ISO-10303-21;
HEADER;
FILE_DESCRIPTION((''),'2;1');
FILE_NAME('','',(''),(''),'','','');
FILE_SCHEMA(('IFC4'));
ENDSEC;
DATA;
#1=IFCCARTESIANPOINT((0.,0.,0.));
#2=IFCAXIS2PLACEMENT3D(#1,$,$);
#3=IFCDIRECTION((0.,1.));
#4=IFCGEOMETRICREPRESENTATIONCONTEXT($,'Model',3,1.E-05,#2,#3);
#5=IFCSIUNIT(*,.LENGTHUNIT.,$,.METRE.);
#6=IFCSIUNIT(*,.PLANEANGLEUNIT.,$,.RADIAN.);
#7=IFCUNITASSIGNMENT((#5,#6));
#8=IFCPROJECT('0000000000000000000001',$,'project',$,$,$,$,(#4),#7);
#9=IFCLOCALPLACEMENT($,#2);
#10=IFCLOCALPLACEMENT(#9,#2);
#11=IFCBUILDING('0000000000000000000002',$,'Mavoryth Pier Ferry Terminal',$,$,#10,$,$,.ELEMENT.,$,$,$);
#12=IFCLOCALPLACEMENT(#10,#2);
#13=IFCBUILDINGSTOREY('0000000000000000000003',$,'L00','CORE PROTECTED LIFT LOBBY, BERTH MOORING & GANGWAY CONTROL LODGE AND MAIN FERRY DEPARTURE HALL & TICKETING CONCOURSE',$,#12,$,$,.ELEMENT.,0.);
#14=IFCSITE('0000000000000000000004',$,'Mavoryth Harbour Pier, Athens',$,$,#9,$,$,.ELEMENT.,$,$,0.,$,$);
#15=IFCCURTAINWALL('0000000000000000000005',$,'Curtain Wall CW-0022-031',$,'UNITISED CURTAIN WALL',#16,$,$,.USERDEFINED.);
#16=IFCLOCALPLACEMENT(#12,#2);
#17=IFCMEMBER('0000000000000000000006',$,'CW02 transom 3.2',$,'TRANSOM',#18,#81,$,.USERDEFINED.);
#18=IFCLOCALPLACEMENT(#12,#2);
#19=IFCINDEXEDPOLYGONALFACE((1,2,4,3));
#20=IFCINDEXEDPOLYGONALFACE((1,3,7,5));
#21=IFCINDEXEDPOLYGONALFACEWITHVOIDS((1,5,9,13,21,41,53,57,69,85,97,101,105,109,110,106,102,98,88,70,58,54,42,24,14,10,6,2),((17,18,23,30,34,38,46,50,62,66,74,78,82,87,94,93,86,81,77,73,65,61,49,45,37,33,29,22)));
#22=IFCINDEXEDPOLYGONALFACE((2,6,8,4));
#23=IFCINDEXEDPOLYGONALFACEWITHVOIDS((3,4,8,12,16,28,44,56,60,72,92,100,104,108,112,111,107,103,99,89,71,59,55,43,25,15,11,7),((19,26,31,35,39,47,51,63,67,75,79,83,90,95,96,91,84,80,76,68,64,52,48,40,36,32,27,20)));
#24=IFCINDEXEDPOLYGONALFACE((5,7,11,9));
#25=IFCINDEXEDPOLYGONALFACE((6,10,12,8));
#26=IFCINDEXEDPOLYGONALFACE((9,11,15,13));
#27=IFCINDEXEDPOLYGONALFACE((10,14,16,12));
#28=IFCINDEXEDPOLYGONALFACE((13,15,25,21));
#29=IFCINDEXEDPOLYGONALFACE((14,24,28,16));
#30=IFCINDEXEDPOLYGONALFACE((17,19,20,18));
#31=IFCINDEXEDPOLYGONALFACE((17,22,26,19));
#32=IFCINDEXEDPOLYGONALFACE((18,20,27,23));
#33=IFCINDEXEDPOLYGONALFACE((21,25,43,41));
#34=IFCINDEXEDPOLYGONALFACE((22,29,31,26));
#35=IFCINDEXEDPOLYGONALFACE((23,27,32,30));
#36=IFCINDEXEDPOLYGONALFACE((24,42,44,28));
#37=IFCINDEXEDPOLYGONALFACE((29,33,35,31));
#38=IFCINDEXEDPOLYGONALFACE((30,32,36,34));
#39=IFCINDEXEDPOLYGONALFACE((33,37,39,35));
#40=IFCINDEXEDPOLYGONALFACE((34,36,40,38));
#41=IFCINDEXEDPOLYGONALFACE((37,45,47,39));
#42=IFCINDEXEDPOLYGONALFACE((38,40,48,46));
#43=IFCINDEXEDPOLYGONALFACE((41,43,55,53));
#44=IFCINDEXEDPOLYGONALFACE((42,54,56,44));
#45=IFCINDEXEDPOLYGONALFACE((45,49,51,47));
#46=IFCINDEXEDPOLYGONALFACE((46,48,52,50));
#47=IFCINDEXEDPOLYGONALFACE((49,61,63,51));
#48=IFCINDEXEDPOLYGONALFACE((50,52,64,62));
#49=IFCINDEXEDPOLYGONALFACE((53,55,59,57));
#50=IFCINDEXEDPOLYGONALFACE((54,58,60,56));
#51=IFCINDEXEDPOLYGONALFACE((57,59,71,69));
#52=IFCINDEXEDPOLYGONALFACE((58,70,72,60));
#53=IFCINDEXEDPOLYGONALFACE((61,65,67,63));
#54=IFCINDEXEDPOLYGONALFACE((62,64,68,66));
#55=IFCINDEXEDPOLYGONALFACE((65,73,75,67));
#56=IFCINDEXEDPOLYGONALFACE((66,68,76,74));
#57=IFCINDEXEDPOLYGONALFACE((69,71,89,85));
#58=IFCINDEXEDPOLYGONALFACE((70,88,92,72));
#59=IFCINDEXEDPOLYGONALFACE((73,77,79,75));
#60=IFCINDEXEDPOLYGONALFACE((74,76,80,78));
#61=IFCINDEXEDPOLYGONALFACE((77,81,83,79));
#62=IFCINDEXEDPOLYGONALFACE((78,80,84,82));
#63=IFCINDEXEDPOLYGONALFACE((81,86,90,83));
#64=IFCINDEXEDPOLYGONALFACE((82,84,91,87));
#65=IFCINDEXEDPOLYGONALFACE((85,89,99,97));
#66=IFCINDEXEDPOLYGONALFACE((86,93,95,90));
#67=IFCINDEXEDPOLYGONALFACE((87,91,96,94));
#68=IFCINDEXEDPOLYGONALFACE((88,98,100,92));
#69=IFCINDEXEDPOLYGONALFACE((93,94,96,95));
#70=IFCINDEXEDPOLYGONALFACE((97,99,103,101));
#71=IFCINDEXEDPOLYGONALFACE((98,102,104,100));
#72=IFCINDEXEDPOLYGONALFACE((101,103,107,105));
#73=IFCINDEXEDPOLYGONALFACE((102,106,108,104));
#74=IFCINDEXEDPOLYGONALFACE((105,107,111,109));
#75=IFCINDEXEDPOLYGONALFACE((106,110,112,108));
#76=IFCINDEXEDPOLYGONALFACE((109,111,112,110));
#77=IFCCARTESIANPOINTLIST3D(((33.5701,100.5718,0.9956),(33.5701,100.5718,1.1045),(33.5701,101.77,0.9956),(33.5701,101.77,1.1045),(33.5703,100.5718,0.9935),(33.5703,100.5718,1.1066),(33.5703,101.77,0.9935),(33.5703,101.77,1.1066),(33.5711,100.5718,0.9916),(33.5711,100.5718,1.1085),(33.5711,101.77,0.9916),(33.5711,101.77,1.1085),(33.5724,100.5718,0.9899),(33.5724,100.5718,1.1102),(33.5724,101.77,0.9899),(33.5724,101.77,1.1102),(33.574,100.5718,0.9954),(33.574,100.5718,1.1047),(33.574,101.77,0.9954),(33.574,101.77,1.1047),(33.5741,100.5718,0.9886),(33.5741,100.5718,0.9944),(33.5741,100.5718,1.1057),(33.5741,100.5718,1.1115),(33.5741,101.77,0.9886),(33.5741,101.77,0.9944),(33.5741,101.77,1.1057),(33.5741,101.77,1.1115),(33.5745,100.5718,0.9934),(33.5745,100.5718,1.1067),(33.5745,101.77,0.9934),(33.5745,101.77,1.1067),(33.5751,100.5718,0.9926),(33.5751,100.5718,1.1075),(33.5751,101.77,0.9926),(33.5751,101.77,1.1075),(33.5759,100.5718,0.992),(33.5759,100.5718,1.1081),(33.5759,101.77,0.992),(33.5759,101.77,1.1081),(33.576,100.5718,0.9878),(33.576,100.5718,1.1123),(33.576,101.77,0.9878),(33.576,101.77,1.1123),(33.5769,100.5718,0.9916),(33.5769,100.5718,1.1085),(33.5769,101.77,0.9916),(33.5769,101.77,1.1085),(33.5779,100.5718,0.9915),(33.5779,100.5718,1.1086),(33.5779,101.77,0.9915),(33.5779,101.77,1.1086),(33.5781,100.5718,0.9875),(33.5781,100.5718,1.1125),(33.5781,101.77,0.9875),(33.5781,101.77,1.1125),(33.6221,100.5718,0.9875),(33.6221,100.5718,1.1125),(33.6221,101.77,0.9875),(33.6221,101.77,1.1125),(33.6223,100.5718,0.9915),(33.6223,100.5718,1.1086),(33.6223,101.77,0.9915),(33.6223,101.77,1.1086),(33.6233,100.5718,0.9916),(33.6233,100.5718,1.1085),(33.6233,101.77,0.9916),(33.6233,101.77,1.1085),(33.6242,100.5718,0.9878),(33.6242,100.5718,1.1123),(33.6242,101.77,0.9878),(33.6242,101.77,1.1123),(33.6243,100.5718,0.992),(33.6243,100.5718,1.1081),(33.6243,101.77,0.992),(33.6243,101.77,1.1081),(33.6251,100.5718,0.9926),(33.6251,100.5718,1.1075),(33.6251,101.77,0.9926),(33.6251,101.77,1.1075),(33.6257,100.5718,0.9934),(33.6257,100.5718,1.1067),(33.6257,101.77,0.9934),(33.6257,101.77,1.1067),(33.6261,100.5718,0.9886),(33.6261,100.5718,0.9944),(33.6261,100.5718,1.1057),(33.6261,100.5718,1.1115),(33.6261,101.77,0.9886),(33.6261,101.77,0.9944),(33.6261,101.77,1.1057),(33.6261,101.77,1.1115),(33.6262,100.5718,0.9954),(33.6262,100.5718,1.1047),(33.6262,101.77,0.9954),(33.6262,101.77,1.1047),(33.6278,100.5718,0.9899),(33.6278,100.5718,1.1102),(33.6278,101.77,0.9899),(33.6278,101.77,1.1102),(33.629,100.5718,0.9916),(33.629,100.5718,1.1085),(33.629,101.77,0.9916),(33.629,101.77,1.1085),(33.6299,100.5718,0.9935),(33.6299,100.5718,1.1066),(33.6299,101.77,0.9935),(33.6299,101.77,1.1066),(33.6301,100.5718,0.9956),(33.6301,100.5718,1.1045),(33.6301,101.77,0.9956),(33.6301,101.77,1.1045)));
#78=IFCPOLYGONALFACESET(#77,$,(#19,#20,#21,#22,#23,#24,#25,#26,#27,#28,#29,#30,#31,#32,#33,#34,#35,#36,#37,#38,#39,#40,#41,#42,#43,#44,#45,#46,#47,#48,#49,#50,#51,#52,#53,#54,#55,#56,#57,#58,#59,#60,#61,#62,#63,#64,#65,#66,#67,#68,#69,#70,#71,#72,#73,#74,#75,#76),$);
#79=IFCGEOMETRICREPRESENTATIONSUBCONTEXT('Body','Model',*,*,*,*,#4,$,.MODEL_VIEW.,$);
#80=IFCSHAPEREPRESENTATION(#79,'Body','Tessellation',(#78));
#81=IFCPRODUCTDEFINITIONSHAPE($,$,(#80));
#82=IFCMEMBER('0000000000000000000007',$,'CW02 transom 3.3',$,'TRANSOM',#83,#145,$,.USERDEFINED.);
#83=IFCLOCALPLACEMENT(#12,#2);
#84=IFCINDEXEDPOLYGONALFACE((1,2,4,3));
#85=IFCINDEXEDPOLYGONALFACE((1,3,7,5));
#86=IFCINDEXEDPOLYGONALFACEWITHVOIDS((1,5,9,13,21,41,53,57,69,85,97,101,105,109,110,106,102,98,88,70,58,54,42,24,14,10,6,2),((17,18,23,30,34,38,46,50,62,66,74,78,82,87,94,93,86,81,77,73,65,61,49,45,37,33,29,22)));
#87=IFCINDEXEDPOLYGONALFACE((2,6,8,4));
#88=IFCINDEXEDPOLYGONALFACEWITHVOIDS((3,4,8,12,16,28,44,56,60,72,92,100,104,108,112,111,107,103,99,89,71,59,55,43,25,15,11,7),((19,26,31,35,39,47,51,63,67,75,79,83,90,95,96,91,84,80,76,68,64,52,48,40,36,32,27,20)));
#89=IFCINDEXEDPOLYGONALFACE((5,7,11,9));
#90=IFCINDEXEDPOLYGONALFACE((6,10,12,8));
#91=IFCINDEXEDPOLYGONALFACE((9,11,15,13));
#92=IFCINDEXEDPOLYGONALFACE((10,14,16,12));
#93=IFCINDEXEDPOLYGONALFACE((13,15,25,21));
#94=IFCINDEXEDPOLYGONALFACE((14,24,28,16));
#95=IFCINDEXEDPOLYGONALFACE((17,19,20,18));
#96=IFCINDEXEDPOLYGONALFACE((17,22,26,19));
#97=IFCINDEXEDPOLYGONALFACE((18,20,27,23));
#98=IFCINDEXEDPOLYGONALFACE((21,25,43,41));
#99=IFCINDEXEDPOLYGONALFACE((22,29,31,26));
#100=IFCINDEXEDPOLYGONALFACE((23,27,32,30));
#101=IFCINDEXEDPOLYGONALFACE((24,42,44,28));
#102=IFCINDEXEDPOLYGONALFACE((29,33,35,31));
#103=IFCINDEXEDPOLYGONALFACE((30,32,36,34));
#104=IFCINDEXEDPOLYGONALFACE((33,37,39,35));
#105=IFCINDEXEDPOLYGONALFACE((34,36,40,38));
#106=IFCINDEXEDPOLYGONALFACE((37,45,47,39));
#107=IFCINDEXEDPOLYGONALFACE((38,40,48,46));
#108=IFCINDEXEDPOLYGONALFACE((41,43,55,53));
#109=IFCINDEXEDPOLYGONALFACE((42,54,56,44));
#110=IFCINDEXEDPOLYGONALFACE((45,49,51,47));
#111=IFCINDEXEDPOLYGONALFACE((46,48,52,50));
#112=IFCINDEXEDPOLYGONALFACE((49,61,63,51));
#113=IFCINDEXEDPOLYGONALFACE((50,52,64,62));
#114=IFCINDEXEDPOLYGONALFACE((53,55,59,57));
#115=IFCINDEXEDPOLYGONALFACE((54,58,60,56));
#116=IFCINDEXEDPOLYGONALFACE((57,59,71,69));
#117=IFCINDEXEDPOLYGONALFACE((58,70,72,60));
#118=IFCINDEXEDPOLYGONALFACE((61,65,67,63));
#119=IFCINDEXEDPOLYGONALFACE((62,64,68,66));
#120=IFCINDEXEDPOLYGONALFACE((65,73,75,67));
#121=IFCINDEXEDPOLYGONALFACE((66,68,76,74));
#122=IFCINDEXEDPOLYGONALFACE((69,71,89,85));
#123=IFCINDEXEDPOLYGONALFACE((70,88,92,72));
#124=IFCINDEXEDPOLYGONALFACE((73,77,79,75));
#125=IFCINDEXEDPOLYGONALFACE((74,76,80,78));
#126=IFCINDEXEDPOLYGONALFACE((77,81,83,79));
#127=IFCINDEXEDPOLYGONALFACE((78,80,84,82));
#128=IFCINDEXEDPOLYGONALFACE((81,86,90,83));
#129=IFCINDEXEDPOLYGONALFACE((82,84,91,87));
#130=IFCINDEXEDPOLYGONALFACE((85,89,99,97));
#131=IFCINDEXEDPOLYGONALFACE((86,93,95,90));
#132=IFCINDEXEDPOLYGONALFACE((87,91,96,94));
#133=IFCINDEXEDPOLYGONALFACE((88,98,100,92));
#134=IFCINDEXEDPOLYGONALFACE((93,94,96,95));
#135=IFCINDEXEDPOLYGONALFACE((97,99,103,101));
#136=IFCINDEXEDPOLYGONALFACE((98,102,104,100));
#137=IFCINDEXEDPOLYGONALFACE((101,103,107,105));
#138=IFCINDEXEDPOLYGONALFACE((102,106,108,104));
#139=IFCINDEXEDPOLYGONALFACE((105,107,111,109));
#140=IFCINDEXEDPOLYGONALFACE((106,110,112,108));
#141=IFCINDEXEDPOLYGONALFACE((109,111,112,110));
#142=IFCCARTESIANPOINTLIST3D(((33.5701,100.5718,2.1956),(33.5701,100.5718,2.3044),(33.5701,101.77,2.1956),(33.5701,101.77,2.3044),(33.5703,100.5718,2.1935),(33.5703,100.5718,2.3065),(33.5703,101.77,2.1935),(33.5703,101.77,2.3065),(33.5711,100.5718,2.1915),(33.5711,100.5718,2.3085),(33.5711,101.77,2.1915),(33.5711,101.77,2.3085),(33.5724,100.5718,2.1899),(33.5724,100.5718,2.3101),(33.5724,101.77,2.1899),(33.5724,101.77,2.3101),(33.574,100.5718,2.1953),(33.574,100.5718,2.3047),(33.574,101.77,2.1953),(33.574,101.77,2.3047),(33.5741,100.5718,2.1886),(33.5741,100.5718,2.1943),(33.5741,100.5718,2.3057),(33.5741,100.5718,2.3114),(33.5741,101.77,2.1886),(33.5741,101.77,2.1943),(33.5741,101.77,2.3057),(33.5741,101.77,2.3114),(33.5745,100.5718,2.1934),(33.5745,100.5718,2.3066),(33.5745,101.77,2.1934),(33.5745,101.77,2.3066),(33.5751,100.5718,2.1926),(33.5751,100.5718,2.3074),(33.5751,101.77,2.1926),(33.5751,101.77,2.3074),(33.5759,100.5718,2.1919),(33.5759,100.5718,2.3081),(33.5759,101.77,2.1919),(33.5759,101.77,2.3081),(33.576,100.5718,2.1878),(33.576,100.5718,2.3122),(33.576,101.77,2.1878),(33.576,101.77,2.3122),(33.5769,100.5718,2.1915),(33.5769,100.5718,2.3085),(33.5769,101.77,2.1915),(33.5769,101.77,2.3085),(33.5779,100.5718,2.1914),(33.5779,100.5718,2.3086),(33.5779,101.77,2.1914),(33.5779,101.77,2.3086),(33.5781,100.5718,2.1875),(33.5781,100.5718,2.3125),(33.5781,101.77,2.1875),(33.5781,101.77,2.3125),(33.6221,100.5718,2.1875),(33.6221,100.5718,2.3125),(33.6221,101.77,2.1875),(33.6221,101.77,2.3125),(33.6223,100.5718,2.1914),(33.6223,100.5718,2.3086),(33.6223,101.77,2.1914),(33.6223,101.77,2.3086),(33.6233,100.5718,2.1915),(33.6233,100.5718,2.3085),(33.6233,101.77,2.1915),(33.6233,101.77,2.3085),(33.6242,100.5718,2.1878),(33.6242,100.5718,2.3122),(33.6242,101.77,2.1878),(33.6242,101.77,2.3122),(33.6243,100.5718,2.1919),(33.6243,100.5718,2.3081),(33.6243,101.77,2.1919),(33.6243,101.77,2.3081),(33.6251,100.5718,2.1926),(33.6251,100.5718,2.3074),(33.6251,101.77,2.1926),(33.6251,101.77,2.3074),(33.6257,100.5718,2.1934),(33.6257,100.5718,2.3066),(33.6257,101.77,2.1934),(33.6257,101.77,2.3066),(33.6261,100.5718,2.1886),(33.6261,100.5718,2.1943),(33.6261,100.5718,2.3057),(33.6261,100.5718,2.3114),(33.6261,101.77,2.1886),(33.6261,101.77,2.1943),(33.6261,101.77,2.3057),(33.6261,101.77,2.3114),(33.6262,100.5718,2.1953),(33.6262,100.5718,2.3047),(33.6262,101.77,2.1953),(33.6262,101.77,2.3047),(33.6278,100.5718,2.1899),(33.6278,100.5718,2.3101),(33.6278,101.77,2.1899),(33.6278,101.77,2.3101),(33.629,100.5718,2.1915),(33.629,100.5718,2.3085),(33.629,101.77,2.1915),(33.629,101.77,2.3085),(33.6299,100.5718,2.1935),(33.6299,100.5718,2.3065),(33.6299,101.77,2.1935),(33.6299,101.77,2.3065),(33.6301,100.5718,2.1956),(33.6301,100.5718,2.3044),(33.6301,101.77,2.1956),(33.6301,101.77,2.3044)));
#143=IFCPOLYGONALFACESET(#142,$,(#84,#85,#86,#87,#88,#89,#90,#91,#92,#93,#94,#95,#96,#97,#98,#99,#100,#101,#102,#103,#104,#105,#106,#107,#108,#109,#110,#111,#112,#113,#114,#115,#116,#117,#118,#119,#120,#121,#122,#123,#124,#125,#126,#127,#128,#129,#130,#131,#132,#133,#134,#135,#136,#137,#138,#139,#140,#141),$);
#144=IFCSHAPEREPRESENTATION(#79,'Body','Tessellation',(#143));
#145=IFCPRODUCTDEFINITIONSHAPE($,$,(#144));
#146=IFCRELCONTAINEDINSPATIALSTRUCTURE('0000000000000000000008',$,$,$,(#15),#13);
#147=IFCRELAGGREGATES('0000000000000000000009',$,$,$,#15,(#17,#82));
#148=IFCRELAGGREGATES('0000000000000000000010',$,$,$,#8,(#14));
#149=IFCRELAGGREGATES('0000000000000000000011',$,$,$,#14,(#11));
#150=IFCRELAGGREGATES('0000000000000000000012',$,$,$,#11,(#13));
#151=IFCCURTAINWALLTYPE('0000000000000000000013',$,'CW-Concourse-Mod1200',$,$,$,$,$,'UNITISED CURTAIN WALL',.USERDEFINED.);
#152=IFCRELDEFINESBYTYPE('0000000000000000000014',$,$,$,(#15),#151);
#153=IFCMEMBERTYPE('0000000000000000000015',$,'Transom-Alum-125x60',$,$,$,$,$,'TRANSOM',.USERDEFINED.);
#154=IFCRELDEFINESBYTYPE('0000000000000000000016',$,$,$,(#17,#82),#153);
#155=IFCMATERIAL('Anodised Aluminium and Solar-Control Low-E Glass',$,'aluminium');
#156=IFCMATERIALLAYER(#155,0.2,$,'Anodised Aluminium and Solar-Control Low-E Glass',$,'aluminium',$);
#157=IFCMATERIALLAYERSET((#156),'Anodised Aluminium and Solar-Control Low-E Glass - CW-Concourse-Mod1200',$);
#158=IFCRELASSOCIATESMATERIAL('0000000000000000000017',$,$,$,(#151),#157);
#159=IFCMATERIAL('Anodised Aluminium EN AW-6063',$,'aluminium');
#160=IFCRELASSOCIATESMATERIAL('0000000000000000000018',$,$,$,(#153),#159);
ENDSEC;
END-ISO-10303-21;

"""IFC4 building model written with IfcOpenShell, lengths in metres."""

from ifc_helpers import new_model, si_unit, direction, frame, origin, origin_2d, place, context, subcontext, project, spatial, hollow_rectangle, extrude, material, layer, layer_set, material_profile, profile_set, type_object, element, aggregate, save


model = new_model("IFC4")

# Units and contexts
model_context = context("Model", 3, precision=1e-05, world=origin(), true_north=direction((0.0, 1.0)))
body_context = subcontext(model_context, "Body", "Model", "MODEL_VIEW")
ifc_project = project(units=[si_unit("LENGTHUNIT", "METRE"), si_unit("PLANEANGLEUNIT", "RADIAN")], contexts=[model_context])

# Site, building, storey
site_placement = place(None, origin())
site = spatial("IfcSite", under=ifc_project, at=site_placement, Name="Mavoryth Harbour Pier, Athens", CompositionType="ELEMENT", RefElevation=0.0)
building_placement = place(site_placement, origin())
building = spatial("IfcBuilding", under=site, at=building_placement, Name="Mavoryth Pier Ferry Terminal", CompositionType="ELEMENT")
storey_placement = place(building_placement, origin())
storey = spatial("IfcBuildingStorey", under=building, at=storey_placement, Name="L00", Description="CORE PROTECTED LIFT LOBBY, BERTH MOORING & GANGWAY CONTROL LODGE AND MAIN FERRY DEPARTURE HALL & TICKETING CONCOURSE", CompositionType="ELEMENT", Elevation=0.0)

# Curtain wall, members
ifc_material_1 = material(Name="Anodised Aluminium and Solar-Control Low-E Glass", Category="aluminium")
ifc_layer_1 = layer(ifc_material_1, 0.2, Name="Anodised Aluminium and Solar-Control Low-E Glass", Category="aluminium")
ifc_layer_set_1 = layer_set([ifc_layer_1], Name="Anodised Aluminium and Solar-Control Low-E Glass - CW-Concourse-Mod1200")
curtain_wall_type = type_object("IfcCurtainWallType", Name="CW-Concourse-Mod1200", ElementType="UNITISED CURTAIN WALL", PredefinedType="USERDEFINED", material=ifc_layer_set_1)
curtain_wall_placement = place(storey_placement, origin())
curtain_wall = element("IfcCurtainWall", 1, at=curtain_wall_placement, inside=storey, type_object=curtain_wall_type, Name="Curtain Wall CW-0022-031", ObjectType="UNITISED CURTAIN WALL", PredefinedType="USERDEFINED")
ifc_material_2 = material(Name="Anodised Aluminium EN AW-6063", Category="aluminium")
ifc_material_profile_1 = material_profile(ifc_material_2, hollow_rectangle(XDim=0.0601, YDim=0.125, WallThickness=0.0039, InnerFilletRadius=0.0039, OuterFilletRadius=0.0081, at=origin_2d()), Name="AL-TRAN 125x60x4", Category="aluminium")
ifc_profile_set_1 = profile_set([ifc_material_profile_1], Name="Anodised Aluminium EN AW-6063 - AL-TRAN 125x60x4")
member_type_1 = type_object("IfcMemberType", Name="Transom-Alum-125x60", ElementType="TRANSOM", PredefinedType="USERDEFINED", material=ifc_profile_set_1)
member_1_placement = place(storey_placement, frame((33.6001, 100.5718, 1.05), z_axis=(0.0, 1.0, 0.0), x_axis=(-1.0, 0.0, 0.0)))
member_1 = element("IfcMember", 2, at=member_1_placement, type_object=member_type_1, Name="CW02 transom 3.2", ObjectType="TRANSOM", PredefinedType="USERDEFINED", context=body_context, shape_type="SweptSolid", body=[
    extrude(hollow_rectangle(XDim=0.0601, YDim=0.125, WallThickness=0.0039, InnerFilletRadius=0.0039, OuterFilletRadius=0.0081, at=origin_2d()), origin(), (0.0, 0.0, 1.0), 1.1982),
])
member_2_placement = place(storey_placement, frame((33.6001, 100.5718, 2.25), z_axis=(0.0, 1.0, 0.0), x_axis=(-1.0, 0.0, 0.0)))
member_2 = element("IfcMember", 3, at=member_2_placement, type_object=member_type_1, Name="CW02 transom 3.3", ObjectType="TRANSOM", PredefinedType="USERDEFINED", context=body_context, shape_type="SweptSolid", body=[
    extrude(hollow_rectangle(XDim=0.0601, YDim=0.125, WallThickness=0.0039, InnerFilletRadius=0.0039, OuterFilletRadius=0.0081, at=origin_2d()), origin(), (0.0, 0.0, 1.0), 1.1982),
])
aggregate(curtain_wall, [member_1, member_2])

save(model, "model.ifc")
